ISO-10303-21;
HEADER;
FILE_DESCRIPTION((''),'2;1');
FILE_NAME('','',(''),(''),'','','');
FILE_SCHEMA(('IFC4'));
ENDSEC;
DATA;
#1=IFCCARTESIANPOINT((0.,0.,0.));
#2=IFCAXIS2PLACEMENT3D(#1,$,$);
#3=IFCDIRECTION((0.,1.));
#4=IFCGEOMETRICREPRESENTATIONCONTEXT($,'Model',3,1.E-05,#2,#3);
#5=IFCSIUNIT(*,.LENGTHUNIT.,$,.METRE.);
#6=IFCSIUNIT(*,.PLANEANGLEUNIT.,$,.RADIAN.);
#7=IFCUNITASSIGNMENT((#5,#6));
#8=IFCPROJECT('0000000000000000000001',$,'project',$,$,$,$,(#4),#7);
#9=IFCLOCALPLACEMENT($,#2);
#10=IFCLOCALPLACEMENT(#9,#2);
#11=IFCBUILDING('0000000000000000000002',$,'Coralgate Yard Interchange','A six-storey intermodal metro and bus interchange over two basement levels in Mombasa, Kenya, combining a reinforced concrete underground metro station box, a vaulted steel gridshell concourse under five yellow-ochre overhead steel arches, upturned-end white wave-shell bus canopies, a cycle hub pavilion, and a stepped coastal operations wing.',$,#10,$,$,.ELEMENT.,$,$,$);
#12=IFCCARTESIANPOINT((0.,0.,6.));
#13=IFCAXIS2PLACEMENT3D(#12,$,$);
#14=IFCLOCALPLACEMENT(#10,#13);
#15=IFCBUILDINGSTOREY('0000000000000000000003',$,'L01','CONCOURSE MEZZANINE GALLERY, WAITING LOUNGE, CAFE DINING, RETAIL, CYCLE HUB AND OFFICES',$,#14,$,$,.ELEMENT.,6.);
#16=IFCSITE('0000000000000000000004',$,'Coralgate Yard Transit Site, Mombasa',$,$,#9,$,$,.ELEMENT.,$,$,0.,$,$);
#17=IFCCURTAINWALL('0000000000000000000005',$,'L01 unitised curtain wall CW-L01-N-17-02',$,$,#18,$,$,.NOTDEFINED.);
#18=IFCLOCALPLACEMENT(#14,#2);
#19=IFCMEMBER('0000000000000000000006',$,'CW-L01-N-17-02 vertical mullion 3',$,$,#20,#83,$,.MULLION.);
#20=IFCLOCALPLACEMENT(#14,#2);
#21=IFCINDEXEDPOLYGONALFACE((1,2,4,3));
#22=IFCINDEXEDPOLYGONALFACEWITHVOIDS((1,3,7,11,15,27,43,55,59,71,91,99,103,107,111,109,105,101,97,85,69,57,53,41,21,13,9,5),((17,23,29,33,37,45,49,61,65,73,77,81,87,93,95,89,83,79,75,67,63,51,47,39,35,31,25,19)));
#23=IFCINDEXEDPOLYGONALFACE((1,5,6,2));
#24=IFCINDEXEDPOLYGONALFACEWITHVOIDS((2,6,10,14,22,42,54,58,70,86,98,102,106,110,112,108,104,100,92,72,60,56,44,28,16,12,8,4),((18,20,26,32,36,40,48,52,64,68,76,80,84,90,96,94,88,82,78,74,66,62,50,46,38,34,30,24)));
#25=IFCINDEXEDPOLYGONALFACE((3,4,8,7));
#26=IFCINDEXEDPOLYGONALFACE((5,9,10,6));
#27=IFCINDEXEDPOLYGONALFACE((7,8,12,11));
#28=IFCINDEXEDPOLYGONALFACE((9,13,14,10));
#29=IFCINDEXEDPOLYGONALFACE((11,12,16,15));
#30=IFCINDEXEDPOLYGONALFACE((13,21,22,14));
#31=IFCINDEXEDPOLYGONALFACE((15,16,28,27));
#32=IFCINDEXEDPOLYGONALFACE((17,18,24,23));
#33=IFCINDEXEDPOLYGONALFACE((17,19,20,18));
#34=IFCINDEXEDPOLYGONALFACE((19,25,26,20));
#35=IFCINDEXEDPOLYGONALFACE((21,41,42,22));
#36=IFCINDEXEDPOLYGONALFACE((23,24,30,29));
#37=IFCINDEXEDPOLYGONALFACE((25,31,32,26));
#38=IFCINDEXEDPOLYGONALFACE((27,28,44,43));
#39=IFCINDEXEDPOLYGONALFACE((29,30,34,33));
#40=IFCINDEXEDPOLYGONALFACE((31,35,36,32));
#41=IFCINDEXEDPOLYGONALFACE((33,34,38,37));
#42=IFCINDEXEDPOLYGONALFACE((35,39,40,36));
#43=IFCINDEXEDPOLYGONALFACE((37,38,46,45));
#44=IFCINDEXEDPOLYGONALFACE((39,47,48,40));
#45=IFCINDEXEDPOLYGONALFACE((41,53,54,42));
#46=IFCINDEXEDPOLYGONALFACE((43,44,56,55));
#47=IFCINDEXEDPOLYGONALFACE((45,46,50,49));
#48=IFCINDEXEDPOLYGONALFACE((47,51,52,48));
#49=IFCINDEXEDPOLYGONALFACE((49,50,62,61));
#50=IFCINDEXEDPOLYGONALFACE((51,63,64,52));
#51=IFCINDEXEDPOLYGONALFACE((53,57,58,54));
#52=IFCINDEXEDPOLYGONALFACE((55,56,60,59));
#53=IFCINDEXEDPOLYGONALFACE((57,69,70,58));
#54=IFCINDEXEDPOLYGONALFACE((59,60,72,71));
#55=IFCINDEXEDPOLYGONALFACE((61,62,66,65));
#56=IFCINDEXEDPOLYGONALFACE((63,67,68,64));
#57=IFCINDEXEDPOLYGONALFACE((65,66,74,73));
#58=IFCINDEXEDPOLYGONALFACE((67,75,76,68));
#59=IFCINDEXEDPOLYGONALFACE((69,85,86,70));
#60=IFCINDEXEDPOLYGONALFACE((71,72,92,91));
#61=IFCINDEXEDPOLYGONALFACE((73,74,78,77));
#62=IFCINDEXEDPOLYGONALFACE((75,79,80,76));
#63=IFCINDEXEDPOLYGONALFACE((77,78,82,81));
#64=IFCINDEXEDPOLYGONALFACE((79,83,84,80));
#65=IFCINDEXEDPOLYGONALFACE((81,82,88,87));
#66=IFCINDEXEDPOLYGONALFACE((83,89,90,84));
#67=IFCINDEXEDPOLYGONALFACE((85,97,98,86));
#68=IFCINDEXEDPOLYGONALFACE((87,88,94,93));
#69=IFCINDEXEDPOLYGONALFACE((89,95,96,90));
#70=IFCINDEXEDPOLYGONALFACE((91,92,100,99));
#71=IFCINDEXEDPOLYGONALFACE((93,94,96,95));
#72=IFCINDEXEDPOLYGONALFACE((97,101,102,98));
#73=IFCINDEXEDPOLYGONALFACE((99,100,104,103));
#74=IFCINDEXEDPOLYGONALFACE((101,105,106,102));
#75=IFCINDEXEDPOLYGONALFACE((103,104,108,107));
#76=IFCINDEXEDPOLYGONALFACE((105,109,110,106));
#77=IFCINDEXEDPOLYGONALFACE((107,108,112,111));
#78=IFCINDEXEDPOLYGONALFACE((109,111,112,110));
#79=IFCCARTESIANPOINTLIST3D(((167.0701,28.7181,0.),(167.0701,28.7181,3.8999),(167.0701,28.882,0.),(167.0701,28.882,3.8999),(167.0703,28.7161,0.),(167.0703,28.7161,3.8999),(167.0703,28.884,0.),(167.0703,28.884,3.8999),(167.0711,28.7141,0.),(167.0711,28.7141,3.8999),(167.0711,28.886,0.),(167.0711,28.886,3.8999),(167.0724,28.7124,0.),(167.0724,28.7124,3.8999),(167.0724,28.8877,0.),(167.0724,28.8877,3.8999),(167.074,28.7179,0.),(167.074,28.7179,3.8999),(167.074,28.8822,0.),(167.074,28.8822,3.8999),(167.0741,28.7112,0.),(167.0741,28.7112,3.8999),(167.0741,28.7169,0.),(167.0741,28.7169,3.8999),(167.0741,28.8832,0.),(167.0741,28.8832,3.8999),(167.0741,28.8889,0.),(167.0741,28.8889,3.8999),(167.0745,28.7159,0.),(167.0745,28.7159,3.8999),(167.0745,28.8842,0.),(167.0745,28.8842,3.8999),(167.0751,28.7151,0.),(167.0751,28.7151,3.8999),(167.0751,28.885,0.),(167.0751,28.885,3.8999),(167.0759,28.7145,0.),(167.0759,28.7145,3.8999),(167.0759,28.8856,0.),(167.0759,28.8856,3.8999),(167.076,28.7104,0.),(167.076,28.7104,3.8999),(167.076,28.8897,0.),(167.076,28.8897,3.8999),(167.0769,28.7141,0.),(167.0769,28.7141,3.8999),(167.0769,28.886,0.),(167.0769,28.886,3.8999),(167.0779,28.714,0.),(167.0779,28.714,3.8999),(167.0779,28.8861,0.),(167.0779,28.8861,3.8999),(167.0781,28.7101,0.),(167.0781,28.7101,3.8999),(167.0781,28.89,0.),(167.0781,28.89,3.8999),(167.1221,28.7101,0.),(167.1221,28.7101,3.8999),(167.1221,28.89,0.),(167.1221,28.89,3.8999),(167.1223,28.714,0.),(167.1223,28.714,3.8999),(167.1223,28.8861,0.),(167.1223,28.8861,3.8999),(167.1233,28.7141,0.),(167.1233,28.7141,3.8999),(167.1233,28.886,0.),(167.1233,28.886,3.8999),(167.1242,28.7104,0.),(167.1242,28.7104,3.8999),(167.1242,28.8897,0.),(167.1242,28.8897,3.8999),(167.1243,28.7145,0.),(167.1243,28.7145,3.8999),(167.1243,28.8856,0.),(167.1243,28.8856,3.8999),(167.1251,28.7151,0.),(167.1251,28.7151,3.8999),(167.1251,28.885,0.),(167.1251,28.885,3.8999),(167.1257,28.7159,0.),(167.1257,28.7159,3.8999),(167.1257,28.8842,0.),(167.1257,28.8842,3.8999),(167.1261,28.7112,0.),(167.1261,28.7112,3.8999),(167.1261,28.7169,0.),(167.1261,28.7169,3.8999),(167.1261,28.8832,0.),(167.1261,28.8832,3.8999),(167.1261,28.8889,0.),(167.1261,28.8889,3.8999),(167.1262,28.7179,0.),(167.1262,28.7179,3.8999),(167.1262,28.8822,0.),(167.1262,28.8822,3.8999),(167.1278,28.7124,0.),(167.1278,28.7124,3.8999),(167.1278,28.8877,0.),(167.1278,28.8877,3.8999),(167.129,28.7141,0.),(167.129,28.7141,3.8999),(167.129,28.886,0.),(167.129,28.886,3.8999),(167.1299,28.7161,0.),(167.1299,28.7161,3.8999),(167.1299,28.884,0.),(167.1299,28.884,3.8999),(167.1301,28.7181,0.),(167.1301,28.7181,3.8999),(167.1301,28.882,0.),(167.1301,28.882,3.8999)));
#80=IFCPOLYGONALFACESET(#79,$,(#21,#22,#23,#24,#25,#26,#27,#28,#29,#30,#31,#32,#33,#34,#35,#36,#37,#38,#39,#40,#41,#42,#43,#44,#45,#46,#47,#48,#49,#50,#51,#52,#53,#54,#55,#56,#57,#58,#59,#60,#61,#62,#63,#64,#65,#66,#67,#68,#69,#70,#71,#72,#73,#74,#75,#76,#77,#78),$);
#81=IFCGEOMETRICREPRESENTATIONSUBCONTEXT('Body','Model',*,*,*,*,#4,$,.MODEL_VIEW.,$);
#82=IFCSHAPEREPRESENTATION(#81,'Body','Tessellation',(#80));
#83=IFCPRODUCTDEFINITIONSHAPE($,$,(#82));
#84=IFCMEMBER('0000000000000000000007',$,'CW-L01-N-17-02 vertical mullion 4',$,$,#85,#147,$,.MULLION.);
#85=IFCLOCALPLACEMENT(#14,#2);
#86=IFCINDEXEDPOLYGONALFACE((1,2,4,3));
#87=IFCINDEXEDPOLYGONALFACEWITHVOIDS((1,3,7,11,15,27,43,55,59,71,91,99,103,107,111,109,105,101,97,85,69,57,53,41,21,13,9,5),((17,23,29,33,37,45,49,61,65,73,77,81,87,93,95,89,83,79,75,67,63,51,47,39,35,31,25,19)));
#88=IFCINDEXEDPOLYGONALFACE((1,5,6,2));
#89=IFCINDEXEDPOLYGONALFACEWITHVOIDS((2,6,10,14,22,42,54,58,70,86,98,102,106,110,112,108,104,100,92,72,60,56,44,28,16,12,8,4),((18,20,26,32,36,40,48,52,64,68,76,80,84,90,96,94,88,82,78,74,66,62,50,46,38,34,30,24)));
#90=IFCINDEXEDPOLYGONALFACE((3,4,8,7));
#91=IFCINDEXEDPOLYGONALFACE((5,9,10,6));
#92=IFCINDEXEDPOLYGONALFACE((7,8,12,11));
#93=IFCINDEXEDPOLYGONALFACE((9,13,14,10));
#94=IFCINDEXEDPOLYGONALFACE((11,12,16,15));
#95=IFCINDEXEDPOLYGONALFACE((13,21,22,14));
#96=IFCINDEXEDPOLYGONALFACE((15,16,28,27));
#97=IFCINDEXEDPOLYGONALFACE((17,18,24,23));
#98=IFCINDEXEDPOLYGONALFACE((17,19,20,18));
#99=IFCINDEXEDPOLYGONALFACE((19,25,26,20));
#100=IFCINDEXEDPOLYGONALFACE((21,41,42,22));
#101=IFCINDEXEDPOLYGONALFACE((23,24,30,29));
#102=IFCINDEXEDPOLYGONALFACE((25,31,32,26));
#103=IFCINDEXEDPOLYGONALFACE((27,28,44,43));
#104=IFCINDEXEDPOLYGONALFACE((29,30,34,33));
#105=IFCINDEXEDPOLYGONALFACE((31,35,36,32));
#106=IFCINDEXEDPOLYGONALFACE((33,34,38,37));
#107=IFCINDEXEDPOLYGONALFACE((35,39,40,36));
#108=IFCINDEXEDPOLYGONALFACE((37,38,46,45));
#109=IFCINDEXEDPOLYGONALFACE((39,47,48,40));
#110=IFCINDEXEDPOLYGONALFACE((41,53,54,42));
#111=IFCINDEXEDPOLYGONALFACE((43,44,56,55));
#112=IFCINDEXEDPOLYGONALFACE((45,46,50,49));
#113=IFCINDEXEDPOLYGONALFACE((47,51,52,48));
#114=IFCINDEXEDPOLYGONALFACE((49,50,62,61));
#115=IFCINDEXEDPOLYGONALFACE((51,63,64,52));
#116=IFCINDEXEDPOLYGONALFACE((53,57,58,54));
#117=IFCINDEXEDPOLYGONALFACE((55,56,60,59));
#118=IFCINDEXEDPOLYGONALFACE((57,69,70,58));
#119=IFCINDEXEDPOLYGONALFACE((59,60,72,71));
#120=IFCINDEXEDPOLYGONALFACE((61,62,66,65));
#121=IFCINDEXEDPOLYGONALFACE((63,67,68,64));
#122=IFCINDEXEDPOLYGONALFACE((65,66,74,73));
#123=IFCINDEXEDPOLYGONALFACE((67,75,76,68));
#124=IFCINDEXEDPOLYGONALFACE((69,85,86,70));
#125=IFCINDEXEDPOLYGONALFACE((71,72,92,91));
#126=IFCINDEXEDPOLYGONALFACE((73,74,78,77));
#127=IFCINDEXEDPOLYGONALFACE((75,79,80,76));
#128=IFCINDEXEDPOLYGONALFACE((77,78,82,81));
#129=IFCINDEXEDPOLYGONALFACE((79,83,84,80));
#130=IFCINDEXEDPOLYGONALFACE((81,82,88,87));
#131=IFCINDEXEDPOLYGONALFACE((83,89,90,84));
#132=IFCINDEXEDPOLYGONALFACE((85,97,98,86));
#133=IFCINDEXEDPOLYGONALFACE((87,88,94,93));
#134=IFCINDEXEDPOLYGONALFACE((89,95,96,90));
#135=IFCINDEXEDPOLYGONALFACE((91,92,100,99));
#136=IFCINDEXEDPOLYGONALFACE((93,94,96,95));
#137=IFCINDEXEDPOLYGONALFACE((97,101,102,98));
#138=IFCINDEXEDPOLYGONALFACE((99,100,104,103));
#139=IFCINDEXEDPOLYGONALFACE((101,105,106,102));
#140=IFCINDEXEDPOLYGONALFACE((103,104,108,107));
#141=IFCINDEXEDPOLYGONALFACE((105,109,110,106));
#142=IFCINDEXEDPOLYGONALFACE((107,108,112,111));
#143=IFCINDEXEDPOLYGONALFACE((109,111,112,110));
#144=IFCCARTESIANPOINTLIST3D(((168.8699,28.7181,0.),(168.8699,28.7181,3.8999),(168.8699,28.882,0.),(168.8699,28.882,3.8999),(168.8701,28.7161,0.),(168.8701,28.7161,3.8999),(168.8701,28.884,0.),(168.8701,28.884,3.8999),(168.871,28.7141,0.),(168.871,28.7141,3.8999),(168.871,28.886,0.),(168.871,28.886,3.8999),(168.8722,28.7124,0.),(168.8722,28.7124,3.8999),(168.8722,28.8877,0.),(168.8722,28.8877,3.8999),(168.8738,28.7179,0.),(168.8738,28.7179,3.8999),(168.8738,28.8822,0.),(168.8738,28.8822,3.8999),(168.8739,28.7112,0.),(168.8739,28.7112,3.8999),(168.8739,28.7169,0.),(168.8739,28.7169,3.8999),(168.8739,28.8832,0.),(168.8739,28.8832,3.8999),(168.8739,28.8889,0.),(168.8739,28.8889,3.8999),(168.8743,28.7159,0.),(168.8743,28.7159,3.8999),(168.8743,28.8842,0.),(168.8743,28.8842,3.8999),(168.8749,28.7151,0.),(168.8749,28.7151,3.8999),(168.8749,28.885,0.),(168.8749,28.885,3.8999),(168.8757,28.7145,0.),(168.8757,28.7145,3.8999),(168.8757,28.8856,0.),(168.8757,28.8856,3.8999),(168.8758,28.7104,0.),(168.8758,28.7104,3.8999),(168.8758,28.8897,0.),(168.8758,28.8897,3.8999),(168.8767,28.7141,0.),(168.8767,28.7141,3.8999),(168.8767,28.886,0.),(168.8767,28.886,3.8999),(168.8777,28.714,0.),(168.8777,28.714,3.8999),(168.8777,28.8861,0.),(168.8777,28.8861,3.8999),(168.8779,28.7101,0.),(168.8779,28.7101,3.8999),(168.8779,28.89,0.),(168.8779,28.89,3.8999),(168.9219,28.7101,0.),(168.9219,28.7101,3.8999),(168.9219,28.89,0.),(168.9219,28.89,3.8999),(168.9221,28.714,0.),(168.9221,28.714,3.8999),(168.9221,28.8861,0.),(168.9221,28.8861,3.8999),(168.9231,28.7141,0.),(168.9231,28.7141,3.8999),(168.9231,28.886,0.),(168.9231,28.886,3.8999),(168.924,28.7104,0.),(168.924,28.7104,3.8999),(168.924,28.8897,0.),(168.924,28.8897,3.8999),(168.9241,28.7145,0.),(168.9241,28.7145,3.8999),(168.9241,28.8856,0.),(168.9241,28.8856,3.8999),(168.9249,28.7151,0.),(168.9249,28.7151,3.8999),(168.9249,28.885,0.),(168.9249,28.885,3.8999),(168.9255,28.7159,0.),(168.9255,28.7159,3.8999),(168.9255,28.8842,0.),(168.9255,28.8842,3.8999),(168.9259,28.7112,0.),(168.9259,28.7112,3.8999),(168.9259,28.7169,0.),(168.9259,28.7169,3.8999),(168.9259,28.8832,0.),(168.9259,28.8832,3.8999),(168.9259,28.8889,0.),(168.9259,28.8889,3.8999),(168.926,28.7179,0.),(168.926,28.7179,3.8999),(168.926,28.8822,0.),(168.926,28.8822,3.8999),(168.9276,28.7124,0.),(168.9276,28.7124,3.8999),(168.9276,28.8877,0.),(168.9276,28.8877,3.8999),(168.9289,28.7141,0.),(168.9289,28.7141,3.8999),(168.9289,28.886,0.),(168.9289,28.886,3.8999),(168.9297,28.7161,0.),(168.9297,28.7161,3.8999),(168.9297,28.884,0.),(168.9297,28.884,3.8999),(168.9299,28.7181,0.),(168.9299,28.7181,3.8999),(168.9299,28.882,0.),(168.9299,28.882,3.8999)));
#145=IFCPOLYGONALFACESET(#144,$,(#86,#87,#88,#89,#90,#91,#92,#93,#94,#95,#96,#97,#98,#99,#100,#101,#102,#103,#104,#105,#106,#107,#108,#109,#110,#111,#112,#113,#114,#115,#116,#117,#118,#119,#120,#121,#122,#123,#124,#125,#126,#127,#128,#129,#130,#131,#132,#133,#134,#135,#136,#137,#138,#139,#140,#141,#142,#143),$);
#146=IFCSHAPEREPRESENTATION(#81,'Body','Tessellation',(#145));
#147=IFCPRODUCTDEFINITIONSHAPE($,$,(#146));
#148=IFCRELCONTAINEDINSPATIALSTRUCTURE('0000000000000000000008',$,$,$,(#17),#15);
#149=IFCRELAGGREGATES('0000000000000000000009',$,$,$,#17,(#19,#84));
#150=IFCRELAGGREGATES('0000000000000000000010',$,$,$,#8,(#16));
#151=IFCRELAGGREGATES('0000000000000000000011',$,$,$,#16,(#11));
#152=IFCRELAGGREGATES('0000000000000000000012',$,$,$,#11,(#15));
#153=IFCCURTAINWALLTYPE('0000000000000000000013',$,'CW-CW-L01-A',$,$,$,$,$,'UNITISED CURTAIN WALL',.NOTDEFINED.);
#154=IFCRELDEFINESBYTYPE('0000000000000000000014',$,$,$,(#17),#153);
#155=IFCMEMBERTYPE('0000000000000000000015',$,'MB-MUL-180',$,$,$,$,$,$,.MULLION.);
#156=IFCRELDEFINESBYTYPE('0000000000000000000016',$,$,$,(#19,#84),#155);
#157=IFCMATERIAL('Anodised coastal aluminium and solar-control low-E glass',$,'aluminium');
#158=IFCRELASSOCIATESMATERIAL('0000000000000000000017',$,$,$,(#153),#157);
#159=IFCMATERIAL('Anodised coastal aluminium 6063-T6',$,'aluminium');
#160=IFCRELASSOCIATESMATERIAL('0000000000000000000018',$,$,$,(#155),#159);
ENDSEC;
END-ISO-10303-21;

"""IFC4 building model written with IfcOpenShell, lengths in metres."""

from ifc_helpers import new_model, si_unit, direction, frame, origin, origin_2d, place, context, subcontext, project, spatial, hollow_rectangle, extrude, material, material_profile, profile_set, type_object, element, aggregate, save


model = new_model("IFC4")

# Units and contexts
model_context = context("Model", 3, precision=1e-05, world=origin(), true_north=direction((0.0, 1.0)))
body_context = subcontext(model_context, "Body", "Model", "MODEL_VIEW")
ifc_project = project(units=[si_unit("LENGTHUNIT", "METRE"), si_unit("PLANEANGLEUNIT", "RADIAN")], contexts=[model_context])

# Site, building, storey
site_placement = place(None, origin())
site = spatial("IfcSite", under=ifc_project, at=site_placement, Name="Coralgate Yard Transit Site, Mombasa", CompositionType="ELEMENT", RefElevation=0.0)
building_placement = place(site_placement, origin())
building = spatial("IfcBuilding", under=site, at=building_placement, Name="Coralgate Yard Interchange", Description="A six-storey intermodal metro and bus interchange over two basement levels in Mombasa, Kenya, combining a reinforced concrete underground metro station box, a vaulted steel gridshell concourse under five yellow-ochre overhead steel arches, upturned-end white wave-shell bus canopies, a cycle hub pavilion, and a stepped coastal operations wing.", CompositionType="ELEMENT")
storey_placement = place(building_placement, frame((0.0, 0.0, 6.0)))
storey = spatial("IfcBuildingStorey", under=building, at=storey_placement, Name="L01", Description="CONCOURSE MEZZANINE GALLERY, WAITING LOUNGE, CAFE DINING, RETAIL, CYCLE HUB AND OFFICES", CompositionType="ELEMENT", Elevation=6.0)

# Curtain wall, members
ifc_material_1 = material(Name="Anodised coastal aluminium and solar-control low-E glass", Category="aluminium")
curtain_wall_type = type_object("IfcCurtainWallType", Name="CW-CW-L01-A", ElementType="UNITISED CURTAIN WALL", PredefinedType="NOTDEFINED", material=ifc_material_1)
curtain_wall_placement = place(storey_placement, origin())
curtain_wall = element("IfcCurtainWall", 1, at=curtain_wall_placement, inside=storey, type_object=curtain_wall_type, Name="L01 unitised curtain wall CW-L01-N-17-02", PredefinedType="NOTDEFINED")
ifc_material_2 = material(Name="Anodised coastal aluminium 6063-T6", Category="aluminium")
ifc_material_profile_1 = material_profile(ifc_material_2, hollow_rectangle(XDim=0.0601, YDim=0.1799, WallThickness=0.0039, InnerFilletRadius=0.0039, OuterFilletRadius=0.0081, at=origin_2d()), Name="ALU 60x180x4")
ifc_profile_set_1 = profile_set([ifc_material_profile_1], Name="Anodised coastal aluminium 6063-T6")
member_type_1 = type_object("IfcMemberType", Name="MB-MUL-180", PredefinedType="MULLION", material=ifc_profile_set_1)
member_1_placement = place(storey_placement, frame((167.1001, 28.8, 0.0), z_axis=(0.0, 0.0, 1.0), x_axis=(1.0, 0.0, 0.0)))
member_1 = element("IfcMember", 2, at=member_1_placement, type_object=member_type_1, Name="CW-L01-N-17-02 vertical mullion 3", PredefinedType="MULLION", context=body_context, shape_type="SweptSolid", body=[
    extrude(hollow_rectangle(XDim=0.0601, YDim=0.1799, WallThickness=0.0039, InnerFilletRadius=0.0039, OuterFilletRadius=0.0081, at=origin_2d()), origin(), (0.0, 0.0, 1.0), 3.8999),
])
member_2_placement = place(storey_placement, frame((168.8999, 28.8, 0.0), z_axis=(0.0, 0.0, 1.0), x_axis=(1.0, 0.0, 0.0)))
member_2 = element("IfcMember", 3, at=member_2_placement, type_object=member_type_1, Name="CW-L01-N-17-02 vertical mullion 4", PredefinedType="MULLION", context=body_context, shape_type="SweptSolid", body=[
    extrude(hollow_rectangle(XDim=0.0601, YDim=0.1799, WallThickness=0.0039, InnerFilletRadius=0.0039, OuterFilletRadius=0.0081, at=origin_2d()), origin(), (0.0, 0.0, 1.0), 3.8999),
])
aggregate(curtain_wall, [member_1, member_2])

save(model, "model.ifc")
